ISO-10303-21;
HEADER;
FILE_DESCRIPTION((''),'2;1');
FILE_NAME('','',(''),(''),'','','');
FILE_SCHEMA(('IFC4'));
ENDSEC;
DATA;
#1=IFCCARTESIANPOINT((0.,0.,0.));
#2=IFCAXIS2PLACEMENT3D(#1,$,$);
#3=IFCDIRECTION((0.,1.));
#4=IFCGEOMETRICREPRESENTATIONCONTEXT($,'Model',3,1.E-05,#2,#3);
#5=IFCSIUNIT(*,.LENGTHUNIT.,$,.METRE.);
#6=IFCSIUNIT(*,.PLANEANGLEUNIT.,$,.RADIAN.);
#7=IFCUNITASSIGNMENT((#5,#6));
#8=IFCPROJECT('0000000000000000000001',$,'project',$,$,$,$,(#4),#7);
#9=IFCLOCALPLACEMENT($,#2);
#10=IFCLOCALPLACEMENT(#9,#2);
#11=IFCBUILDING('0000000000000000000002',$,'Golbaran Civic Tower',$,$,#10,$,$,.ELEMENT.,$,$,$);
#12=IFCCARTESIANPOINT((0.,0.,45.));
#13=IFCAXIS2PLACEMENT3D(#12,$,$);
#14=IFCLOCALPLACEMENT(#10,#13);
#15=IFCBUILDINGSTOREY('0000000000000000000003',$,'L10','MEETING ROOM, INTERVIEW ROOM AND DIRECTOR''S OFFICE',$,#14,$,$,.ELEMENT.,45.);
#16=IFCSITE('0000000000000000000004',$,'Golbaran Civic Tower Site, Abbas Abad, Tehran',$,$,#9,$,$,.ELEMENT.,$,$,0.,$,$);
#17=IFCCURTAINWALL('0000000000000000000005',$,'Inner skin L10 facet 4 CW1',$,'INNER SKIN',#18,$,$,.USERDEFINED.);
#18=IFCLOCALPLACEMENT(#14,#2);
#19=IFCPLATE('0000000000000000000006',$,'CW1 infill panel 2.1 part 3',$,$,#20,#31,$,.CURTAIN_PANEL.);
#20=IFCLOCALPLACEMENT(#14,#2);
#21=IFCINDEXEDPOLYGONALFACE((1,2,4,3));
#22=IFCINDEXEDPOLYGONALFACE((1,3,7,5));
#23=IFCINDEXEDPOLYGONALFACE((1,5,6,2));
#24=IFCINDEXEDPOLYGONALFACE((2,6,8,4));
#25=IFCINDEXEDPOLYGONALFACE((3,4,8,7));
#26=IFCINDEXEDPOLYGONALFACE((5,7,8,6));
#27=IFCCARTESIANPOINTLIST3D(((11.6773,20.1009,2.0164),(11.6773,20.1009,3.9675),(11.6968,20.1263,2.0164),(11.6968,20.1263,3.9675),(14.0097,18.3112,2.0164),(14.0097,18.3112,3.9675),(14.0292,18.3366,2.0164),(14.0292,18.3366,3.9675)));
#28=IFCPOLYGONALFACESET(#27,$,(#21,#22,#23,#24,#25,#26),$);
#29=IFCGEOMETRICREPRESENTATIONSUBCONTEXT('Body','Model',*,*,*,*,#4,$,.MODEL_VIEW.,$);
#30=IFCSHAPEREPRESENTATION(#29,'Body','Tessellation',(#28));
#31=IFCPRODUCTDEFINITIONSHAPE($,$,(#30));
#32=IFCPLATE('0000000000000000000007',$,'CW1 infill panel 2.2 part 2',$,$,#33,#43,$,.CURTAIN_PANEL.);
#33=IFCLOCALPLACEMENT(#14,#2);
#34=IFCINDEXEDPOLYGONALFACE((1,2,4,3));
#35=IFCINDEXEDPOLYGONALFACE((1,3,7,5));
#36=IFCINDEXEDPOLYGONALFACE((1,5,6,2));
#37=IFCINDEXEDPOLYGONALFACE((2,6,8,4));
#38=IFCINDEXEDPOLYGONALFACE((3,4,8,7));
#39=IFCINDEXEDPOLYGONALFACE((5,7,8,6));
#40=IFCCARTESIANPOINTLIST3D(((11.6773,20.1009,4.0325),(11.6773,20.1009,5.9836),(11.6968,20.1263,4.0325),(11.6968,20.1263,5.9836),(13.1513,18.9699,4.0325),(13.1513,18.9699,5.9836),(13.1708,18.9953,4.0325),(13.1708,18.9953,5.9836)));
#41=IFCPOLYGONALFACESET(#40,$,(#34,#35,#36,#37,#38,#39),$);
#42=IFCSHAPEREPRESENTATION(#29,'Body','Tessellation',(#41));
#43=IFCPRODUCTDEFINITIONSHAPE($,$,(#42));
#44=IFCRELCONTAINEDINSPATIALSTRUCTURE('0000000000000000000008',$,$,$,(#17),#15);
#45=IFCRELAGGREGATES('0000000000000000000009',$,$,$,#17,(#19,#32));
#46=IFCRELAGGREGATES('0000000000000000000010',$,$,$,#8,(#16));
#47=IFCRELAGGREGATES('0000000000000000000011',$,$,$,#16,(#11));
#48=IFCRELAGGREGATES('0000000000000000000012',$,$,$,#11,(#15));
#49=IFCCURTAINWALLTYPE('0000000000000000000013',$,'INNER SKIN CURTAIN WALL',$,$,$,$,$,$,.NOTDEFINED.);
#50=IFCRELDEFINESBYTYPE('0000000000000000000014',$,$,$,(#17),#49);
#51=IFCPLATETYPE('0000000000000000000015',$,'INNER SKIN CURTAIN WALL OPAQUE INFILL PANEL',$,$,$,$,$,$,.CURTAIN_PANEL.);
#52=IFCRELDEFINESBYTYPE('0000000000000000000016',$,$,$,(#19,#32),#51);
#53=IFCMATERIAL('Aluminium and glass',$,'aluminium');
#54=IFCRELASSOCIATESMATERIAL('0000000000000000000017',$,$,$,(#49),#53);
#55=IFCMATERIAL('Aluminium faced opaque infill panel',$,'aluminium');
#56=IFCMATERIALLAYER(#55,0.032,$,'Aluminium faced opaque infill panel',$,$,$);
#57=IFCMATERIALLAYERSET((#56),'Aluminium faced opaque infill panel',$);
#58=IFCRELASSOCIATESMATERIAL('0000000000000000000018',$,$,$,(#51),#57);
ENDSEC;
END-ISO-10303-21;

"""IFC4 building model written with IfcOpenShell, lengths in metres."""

from ifc_helpers import new_model, si_unit, direction, frame, origin, origin_2d, place, context, subcontext, project, spatial, rectangle, extrude, material, layer, layer_set, type_object, element, aggregate, save


model = new_model("IFC4")

# Units and contexts
model_context = context("Model", 3, precision=1e-05, world=origin(), true_north=direction((0.0, 1.0)))
body_context = subcontext(model_context, "Body", "Model", "MODEL_VIEW")
ifc_project = project(units=[si_unit("LENGTHUNIT", "METRE"), si_unit("PLANEANGLEUNIT", "RADIAN")], contexts=[model_context])

# Site, building, storey
site_placement = place(None, origin())
site = spatial("IfcSite", under=ifc_project, at=site_placement, Name="Golbaran Civic Tower Site, Abbas Abad, Tehran", CompositionType="ELEMENT", RefElevation=0.0)
building_placement = place(site_placement, origin())
building = spatial("IfcBuilding", under=site, at=building_placement, Name="Golbaran Civic Tower", CompositionType="ELEMENT")
storey_placement = place(building_placement, frame((0.0, 0.0, 45.0)))
storey = spatial("IfcBuildingStorey", under=building, at=storey_placement, Name="L10", Description="MEETING ROOM, INTERVIEW ROOM AND DIRECTOR'S OFFICE", CompositionType="ELEMENT", Elevation=45.0)

# Shared definitions
ifc_material_1 = material(Name="Aluminium and glass", Category="aluminium")
curtain_wall_type = type_object("IfcCurtainWallType", Name="INNER SKIN CURTAIN WALL", PredefinedType="NOTDEFINED", material=ifc_material_1)

# Curtain wall
curtain_wall_1_placement = place(storey_placement, origin())
curtain_wall_1 = element("IfcCurtainWall", 1, at=curtain_wall_1_placement, inside=storey, type_object=curtain_wall_type, Name="Inner skin L10 facet 4 CW1", ObjectType="INNER SKIN", PredefinedType="USERDEFINED")

# Plates
ifc_material_2 = material(Name="Aluminium faced opaque infill panel", Category="aluminium")
ifc_layer_1 = layer(ifc_material_2, 0.032, Name="Aluminium faced opaque infill panel")
ifc_layer_set_1 = layer_set([ifc_layer_1], Name="Aluminium faced opaque infill panel")
plate_type_1 = type_object("IfcPlateType", Name="INNER SKIN CURTAIN WALL OPAQUE INFILL PANEL", PredefinedType="CURTAIN_PANEL", material=ifc_layer_set_1)
plate_1_placement = place(storey_placement, frame((12.8533, 19.2188, 2.0164), z_axis=(0.0, 0.0, 1.0), x_axis=(-0.793353, 0.608761, 0.0)))
plate_1 = element("IfcPlate", 2, at=plate_1_placement, type_object=plate_type_1, Name="CW1 infill panel 2.1 part 3", PredefinedType="CURTAIN_PANEL", context=body_context, shape_type="SweptSolid", body=[
    extrude(rectangle(XDim=2.9399, YDim=0.032, at=origin_2d()), origin(), (0.0, 0.0, 1.0), 1.9512),
])
plate_2_placement = place(storey_placement, frame((12.4241, 19.5481, 4.0325), z_axis=(0.0, 0.0, 1.0), x_axis=(-0.793353, 0.608761, 0.0)))
plate_2 = element("IfcPlate", 3, at=plate_2_placement, type_object=plate_type_1, Name="CW1 infill panel 2.2 part 2", PredefinedType="CURTAIN_PANEL", context=body_context, shape_type="SweptSolid", body=[
    extrude(rectangle(XDim=1.8579, YDim=0.032, at=origin_2d()), origin(), (0.0, 0.0, 1.0), 1.9512),
])
aggregate(curtain_wall_1, [plate_1, plate_2])

save(model, "model.ifc")
